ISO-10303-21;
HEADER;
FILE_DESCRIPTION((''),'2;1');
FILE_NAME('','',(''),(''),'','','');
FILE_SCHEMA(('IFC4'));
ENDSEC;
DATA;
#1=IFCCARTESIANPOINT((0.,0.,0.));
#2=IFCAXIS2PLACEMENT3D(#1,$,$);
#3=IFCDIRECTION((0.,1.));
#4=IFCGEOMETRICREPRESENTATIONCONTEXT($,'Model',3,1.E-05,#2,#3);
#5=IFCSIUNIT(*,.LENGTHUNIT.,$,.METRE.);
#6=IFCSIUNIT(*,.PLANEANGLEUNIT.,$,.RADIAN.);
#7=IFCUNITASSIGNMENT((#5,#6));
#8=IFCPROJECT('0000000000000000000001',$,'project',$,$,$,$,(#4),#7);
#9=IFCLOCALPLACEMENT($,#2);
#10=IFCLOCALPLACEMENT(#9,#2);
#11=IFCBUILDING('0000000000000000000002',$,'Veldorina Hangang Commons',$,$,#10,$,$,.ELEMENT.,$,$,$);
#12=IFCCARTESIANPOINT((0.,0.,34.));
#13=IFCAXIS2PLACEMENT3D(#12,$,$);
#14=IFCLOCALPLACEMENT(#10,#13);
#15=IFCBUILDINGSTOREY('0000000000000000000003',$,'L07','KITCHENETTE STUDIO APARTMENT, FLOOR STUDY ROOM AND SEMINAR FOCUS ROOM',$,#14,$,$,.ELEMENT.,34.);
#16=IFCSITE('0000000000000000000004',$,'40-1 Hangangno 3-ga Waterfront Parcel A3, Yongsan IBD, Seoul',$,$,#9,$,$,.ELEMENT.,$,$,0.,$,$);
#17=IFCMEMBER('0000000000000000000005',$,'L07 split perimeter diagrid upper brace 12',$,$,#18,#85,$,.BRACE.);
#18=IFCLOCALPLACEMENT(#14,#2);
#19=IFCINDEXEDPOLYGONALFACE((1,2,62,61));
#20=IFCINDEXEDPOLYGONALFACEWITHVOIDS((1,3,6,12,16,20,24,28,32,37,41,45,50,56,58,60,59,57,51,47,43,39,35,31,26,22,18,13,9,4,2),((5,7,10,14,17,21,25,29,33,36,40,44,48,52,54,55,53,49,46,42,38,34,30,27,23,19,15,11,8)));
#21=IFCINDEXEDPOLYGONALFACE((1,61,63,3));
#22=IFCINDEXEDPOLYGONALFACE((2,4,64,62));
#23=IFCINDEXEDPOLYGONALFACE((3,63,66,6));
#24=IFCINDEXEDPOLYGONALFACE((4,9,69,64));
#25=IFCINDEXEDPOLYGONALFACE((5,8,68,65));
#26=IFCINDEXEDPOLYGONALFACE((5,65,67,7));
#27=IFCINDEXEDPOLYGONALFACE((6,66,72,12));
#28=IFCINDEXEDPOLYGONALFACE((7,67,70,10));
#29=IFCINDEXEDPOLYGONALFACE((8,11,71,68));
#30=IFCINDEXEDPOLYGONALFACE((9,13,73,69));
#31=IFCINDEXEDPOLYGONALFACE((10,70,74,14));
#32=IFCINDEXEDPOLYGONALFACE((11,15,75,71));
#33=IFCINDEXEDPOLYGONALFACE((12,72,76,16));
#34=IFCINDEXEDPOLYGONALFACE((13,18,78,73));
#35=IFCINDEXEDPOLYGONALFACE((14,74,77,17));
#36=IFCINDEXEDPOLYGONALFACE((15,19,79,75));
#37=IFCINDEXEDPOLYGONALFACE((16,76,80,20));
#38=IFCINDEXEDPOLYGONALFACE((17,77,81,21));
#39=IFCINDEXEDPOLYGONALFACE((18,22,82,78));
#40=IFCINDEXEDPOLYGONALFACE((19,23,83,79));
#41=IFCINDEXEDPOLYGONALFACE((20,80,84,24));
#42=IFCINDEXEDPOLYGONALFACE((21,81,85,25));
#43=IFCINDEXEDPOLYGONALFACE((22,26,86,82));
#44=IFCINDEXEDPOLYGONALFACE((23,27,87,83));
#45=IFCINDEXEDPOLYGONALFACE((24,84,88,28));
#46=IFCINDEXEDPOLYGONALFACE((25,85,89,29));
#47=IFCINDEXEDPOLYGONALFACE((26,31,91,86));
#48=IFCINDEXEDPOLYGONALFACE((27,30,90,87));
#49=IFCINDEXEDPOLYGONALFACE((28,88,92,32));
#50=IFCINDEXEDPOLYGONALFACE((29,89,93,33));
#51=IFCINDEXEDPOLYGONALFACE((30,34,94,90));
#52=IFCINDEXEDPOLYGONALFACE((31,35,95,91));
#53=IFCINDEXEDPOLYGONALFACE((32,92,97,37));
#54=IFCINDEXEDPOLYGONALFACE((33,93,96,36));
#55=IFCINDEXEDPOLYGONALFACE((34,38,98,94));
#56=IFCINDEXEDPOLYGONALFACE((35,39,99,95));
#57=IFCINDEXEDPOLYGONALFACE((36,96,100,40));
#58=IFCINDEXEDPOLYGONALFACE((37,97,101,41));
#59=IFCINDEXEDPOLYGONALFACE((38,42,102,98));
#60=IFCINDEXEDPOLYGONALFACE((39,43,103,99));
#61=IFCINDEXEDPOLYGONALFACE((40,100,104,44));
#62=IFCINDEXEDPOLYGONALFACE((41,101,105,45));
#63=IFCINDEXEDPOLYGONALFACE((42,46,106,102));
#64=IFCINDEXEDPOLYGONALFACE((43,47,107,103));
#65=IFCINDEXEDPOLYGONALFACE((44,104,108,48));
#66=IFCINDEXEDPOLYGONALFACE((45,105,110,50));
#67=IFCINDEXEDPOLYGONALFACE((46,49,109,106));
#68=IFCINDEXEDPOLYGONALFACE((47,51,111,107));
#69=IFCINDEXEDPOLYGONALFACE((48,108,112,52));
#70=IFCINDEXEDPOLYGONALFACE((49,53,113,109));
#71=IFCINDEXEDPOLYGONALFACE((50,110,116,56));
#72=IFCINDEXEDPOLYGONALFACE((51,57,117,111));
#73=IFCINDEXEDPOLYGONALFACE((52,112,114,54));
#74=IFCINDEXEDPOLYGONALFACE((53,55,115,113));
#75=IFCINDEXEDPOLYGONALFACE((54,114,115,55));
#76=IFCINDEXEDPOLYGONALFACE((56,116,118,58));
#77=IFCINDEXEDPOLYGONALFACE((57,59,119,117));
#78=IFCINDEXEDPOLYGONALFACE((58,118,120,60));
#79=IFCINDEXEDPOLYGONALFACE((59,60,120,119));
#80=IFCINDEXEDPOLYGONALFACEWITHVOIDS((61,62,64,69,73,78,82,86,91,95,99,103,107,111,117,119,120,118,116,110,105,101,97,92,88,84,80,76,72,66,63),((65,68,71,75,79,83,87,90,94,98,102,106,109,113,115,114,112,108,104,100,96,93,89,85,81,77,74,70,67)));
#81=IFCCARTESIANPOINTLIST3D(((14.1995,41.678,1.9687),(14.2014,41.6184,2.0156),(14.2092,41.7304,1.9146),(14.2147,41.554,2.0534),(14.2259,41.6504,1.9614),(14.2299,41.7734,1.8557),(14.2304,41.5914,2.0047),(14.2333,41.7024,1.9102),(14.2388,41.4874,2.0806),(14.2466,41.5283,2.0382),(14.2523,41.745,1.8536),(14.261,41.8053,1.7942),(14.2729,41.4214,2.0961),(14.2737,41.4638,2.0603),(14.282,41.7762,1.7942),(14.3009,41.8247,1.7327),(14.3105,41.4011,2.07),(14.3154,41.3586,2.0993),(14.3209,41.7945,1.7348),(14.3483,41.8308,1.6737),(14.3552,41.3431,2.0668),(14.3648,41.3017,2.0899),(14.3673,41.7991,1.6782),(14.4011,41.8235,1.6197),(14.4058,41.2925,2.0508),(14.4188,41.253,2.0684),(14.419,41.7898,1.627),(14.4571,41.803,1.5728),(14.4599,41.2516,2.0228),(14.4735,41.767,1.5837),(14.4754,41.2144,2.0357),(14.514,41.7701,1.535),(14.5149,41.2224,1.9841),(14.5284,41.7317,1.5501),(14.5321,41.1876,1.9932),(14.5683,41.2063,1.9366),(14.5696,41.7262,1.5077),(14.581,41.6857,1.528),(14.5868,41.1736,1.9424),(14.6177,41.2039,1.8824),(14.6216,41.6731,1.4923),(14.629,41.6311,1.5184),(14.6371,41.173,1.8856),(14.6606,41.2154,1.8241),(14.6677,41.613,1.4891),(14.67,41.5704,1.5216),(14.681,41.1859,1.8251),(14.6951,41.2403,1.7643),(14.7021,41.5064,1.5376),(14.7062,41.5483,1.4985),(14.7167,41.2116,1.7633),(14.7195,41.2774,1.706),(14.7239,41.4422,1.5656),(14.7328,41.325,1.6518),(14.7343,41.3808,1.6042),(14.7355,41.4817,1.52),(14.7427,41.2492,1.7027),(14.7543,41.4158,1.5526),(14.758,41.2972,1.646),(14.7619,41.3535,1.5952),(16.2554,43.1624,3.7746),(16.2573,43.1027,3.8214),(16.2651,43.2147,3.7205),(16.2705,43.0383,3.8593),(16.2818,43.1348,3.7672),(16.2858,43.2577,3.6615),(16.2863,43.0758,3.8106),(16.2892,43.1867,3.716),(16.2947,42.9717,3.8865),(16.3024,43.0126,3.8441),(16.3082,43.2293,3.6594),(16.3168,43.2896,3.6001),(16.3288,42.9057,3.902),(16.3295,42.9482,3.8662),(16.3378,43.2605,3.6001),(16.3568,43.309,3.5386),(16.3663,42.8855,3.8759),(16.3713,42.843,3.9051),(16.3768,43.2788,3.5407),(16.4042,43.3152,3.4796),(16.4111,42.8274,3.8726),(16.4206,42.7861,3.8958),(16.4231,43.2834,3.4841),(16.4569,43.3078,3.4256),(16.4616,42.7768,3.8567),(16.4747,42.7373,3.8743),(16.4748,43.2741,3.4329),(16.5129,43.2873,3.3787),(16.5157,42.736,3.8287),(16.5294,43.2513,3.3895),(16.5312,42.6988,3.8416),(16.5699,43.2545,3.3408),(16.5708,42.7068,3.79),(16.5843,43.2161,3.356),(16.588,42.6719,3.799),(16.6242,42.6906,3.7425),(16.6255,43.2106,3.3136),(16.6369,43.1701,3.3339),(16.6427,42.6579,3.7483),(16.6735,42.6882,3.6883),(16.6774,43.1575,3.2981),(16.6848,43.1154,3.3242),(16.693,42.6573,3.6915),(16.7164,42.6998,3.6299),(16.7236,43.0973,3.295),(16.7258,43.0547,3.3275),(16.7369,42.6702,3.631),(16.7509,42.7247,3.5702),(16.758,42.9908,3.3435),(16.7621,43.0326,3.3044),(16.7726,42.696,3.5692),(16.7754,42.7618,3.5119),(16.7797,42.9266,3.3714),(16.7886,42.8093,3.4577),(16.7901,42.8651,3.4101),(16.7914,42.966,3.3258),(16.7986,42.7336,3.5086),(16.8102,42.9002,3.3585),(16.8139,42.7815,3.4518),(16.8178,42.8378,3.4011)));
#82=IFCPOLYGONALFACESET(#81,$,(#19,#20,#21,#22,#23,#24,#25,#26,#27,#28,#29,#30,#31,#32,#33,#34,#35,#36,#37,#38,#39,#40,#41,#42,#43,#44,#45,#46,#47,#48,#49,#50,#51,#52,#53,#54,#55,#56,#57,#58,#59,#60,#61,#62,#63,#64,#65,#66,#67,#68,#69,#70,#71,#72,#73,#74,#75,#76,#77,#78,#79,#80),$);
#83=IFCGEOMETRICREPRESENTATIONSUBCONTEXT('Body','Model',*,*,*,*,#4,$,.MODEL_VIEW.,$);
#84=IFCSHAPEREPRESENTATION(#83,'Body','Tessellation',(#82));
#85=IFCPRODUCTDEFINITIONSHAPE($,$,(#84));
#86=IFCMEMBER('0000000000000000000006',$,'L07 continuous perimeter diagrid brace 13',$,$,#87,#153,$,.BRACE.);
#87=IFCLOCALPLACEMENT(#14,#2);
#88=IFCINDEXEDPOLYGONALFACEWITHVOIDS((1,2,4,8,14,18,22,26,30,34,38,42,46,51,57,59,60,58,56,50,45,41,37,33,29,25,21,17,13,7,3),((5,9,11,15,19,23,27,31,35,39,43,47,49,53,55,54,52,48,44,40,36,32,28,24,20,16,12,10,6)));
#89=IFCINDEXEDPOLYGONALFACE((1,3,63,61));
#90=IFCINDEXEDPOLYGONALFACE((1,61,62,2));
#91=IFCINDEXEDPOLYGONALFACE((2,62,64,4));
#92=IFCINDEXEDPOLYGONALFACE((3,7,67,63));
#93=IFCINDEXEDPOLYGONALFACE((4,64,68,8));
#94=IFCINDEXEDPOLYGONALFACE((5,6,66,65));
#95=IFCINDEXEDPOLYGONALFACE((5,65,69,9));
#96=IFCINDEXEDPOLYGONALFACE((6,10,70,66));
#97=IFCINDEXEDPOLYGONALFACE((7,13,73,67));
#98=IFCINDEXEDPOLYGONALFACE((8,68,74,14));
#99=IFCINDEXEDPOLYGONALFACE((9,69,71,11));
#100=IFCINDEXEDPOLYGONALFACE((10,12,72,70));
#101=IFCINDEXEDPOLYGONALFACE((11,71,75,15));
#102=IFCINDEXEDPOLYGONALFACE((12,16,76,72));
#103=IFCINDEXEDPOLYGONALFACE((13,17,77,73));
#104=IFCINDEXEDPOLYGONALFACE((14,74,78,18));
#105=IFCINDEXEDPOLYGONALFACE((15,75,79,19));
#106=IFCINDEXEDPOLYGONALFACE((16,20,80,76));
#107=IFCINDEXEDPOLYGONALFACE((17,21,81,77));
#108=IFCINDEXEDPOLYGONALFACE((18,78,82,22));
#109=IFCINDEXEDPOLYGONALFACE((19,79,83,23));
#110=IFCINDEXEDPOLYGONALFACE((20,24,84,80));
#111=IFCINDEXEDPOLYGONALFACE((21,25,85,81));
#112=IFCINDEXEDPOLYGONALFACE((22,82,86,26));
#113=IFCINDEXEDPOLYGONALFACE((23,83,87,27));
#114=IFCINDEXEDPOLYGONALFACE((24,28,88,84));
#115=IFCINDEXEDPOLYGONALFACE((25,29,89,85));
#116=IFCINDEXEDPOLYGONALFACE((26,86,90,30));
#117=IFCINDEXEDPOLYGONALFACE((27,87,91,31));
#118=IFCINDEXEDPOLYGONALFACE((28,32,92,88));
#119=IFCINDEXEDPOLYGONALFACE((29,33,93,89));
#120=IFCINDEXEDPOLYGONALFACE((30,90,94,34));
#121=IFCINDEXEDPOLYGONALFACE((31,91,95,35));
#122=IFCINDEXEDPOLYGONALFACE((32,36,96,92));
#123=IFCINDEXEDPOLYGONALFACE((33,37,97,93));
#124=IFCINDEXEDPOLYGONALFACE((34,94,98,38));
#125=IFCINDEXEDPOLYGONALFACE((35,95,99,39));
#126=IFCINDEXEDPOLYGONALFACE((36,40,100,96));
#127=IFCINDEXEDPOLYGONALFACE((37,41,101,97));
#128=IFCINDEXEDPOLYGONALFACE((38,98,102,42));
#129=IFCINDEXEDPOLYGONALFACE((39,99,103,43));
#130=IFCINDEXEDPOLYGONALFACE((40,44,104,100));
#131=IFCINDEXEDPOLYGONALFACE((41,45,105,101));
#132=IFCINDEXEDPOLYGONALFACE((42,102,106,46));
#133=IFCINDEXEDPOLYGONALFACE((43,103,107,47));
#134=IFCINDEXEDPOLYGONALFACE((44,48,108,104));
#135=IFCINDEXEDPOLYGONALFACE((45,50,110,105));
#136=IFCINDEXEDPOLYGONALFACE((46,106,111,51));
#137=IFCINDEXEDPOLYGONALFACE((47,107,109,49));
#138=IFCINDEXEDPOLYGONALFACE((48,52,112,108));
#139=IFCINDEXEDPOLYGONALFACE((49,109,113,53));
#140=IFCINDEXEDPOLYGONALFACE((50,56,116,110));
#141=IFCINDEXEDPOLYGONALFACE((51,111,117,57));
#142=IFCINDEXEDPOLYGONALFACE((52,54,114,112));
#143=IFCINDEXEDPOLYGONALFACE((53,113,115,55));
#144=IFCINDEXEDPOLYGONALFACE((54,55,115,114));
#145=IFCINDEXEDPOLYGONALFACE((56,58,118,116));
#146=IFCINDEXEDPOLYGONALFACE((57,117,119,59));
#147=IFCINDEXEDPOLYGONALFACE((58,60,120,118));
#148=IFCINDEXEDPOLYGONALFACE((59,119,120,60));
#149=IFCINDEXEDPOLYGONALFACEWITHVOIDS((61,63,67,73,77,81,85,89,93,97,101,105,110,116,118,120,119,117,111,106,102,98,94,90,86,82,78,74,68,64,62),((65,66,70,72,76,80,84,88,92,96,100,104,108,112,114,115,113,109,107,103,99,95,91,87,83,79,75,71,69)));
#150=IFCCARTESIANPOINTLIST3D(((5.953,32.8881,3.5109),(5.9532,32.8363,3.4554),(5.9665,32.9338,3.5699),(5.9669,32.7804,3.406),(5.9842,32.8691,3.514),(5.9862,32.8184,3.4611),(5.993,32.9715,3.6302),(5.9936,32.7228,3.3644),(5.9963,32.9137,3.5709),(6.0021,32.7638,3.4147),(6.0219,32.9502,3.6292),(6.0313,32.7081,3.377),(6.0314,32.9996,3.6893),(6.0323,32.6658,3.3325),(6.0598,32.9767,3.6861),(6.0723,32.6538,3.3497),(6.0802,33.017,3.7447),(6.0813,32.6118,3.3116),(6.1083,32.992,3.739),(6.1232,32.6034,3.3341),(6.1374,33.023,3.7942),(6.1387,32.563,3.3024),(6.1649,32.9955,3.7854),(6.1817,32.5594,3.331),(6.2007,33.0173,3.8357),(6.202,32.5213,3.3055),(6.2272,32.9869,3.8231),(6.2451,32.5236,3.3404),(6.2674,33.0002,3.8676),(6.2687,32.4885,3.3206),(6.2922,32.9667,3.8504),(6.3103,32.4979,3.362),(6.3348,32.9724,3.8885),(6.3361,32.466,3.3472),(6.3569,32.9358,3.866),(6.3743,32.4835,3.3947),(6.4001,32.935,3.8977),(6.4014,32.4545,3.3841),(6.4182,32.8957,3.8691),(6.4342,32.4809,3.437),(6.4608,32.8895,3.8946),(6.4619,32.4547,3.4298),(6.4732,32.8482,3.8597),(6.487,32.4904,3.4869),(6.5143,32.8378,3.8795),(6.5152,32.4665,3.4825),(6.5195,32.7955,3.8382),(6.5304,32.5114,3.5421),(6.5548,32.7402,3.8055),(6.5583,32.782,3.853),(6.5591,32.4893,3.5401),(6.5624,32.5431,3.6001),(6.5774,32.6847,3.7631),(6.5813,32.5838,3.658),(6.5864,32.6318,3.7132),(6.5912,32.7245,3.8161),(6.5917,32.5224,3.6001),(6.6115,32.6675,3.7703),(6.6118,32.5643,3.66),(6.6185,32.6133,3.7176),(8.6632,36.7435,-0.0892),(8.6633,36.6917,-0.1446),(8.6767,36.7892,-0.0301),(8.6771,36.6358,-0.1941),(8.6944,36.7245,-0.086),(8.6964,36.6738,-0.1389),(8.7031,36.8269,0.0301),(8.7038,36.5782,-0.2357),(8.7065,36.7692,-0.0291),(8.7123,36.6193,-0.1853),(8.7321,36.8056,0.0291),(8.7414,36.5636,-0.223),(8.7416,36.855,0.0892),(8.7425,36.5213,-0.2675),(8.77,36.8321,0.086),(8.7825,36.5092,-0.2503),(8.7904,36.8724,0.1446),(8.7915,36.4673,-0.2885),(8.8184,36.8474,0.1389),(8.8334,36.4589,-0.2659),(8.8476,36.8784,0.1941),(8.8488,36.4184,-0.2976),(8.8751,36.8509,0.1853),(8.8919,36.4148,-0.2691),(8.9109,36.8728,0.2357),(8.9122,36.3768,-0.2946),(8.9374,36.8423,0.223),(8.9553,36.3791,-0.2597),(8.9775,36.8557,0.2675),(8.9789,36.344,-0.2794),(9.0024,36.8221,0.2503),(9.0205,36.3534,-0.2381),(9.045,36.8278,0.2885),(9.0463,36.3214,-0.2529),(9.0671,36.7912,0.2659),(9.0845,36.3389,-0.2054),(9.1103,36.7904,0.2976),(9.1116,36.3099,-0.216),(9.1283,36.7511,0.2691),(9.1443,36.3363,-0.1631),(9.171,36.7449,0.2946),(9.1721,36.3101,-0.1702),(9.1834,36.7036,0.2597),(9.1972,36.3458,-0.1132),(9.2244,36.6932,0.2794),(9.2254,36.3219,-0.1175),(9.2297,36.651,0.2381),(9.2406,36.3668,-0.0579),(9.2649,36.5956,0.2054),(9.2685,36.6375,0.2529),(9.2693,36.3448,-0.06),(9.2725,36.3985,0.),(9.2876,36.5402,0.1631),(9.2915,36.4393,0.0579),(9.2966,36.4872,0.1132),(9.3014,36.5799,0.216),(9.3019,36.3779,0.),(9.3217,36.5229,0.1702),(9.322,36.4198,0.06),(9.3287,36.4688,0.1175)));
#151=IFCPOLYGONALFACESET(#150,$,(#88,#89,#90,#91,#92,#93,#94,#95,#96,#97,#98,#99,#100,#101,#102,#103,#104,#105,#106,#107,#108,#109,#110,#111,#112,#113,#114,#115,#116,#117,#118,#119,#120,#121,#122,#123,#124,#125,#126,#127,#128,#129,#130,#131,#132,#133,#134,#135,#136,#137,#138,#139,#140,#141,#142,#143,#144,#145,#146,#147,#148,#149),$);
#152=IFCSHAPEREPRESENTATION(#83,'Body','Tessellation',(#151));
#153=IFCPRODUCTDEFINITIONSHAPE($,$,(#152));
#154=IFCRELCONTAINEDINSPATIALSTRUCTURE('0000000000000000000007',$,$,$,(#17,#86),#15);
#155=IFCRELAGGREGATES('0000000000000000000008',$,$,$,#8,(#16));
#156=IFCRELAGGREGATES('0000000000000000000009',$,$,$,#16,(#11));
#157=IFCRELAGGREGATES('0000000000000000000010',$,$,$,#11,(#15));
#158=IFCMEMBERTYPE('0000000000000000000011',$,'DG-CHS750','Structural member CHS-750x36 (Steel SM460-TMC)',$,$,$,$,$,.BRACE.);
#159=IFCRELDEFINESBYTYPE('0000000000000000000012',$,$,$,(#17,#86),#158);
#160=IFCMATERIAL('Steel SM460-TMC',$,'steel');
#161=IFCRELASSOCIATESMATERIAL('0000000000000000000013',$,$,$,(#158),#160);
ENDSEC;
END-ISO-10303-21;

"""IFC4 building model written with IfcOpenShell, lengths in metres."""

from ifc_helpers import new_model, si_unit, direction, frame, origin, origin_2d, place, context, subcontext, project, spatial, hollow_circle, extrude, material, material_profile, profile_set, type_object, element, save


model = new_model("IFC4")

# Units and contexts
model_context = context("Model", 3, precision=1e-05, world=origin(), true_north=direction((0.0, 1.0)))
body_context = subcontext(model_context, "Body", "Model", "MODEL_VIEW")
ifc_project = project(units=[si_unit("LENGTHUNIT", "METRE"), si_unit("PLANEANGLEUNIT", "RADIAN")], contexts=[model_context])

# Site, building, storey
site_placement = place(None, origin())
site = spatial("IfcSite", under=ifc_project, at=site_placement, Name="40-1 Hangangno 3-ga Waterfront Parcel A3, Yongsan IBD, Seoul", CompositionType="ELEMENT", RefElevation=0.0)
building_placement = place(site_placement, origin())
building = spatial("IfcBuilding", under=site, at=building_placement, Name="Veldorina Hangang Commons", CompositionType="ELEMENT")
storey_placement = place(building_placement, frame((0.0, 0.0, 34.0)))
storey = spatial("IfcBuildingStorey", under=building, at=storey_placement, Name="L07", Description="KITCHENETTE STUDIO APARTMENT, FLOOR STUDY ROOM AND SEMINAR FOCUS ROOM", CompositionType="ELEMENT", Elevation=34.0)

# Shared definitions
ifc_material_1 = material(Name="Steel SM460-TMC", Category="steel")

# Members
ifc_material_profile_1 = material_profile(ifc_material_1, hollow_circle(Radius=0.375, WallThickness=0.0359, at=origin_2d()), Name="CHS-750x36")
ifc_profile_set_1 = profile_set([ifc_material_profile_1], Name="Steel SM460-TMC")
member_type = type_object("IfcMemberType", Name="DG-CHS750", Description="Structural member CHS-750x36 (Steel SM460-TMC)", PredefinedType="BRACE", material=ifc_profile_set_1)
member_1_placement = place(storey_placement, frame((14.4805, 41.5012, 1.7942), z_axis=(0.660404, 0.476815, 0.580098), x_axis=(-0.585375, 0.810763, 0.0)))
element("IfcMember", 1, at=member_1_placement, inside=storey, type_object=member_type, Name="L07 split perimeter diagrid upper brace 12", PredefinedType="BRACE", context=body_context, shape_type="SweptSolid", body=[
    extrude(hollow_circle(Radius=0.375, WallThickness=0.0359, at=origin_2d()), origin(), (0.0, 0.0, 1.0), 3.113),
])
member_2_placement = place(storey_placement, frame((8.9951, 36.5935, 0.0), z_axis=(-0.456996, -0.650111, 0.60705), x_axis=(0.818096, -0.575081, 0.0)))
element("IfcMember", 2, at=member_2_placement, inside=storey, type_object=member_type, Name="L07 continuous perimeter diagrid brace 13", PredefinedType="BRACE", context=body_context, shape_type="SweptSolid", body=[
    extrude(hollow_circle(Radius=0.375, WallThickness=0.0359, at=origin_2d()), origin(), (0.0, 0.0, 1.0), 5.9304),
])

save(model, "model.ifc")
